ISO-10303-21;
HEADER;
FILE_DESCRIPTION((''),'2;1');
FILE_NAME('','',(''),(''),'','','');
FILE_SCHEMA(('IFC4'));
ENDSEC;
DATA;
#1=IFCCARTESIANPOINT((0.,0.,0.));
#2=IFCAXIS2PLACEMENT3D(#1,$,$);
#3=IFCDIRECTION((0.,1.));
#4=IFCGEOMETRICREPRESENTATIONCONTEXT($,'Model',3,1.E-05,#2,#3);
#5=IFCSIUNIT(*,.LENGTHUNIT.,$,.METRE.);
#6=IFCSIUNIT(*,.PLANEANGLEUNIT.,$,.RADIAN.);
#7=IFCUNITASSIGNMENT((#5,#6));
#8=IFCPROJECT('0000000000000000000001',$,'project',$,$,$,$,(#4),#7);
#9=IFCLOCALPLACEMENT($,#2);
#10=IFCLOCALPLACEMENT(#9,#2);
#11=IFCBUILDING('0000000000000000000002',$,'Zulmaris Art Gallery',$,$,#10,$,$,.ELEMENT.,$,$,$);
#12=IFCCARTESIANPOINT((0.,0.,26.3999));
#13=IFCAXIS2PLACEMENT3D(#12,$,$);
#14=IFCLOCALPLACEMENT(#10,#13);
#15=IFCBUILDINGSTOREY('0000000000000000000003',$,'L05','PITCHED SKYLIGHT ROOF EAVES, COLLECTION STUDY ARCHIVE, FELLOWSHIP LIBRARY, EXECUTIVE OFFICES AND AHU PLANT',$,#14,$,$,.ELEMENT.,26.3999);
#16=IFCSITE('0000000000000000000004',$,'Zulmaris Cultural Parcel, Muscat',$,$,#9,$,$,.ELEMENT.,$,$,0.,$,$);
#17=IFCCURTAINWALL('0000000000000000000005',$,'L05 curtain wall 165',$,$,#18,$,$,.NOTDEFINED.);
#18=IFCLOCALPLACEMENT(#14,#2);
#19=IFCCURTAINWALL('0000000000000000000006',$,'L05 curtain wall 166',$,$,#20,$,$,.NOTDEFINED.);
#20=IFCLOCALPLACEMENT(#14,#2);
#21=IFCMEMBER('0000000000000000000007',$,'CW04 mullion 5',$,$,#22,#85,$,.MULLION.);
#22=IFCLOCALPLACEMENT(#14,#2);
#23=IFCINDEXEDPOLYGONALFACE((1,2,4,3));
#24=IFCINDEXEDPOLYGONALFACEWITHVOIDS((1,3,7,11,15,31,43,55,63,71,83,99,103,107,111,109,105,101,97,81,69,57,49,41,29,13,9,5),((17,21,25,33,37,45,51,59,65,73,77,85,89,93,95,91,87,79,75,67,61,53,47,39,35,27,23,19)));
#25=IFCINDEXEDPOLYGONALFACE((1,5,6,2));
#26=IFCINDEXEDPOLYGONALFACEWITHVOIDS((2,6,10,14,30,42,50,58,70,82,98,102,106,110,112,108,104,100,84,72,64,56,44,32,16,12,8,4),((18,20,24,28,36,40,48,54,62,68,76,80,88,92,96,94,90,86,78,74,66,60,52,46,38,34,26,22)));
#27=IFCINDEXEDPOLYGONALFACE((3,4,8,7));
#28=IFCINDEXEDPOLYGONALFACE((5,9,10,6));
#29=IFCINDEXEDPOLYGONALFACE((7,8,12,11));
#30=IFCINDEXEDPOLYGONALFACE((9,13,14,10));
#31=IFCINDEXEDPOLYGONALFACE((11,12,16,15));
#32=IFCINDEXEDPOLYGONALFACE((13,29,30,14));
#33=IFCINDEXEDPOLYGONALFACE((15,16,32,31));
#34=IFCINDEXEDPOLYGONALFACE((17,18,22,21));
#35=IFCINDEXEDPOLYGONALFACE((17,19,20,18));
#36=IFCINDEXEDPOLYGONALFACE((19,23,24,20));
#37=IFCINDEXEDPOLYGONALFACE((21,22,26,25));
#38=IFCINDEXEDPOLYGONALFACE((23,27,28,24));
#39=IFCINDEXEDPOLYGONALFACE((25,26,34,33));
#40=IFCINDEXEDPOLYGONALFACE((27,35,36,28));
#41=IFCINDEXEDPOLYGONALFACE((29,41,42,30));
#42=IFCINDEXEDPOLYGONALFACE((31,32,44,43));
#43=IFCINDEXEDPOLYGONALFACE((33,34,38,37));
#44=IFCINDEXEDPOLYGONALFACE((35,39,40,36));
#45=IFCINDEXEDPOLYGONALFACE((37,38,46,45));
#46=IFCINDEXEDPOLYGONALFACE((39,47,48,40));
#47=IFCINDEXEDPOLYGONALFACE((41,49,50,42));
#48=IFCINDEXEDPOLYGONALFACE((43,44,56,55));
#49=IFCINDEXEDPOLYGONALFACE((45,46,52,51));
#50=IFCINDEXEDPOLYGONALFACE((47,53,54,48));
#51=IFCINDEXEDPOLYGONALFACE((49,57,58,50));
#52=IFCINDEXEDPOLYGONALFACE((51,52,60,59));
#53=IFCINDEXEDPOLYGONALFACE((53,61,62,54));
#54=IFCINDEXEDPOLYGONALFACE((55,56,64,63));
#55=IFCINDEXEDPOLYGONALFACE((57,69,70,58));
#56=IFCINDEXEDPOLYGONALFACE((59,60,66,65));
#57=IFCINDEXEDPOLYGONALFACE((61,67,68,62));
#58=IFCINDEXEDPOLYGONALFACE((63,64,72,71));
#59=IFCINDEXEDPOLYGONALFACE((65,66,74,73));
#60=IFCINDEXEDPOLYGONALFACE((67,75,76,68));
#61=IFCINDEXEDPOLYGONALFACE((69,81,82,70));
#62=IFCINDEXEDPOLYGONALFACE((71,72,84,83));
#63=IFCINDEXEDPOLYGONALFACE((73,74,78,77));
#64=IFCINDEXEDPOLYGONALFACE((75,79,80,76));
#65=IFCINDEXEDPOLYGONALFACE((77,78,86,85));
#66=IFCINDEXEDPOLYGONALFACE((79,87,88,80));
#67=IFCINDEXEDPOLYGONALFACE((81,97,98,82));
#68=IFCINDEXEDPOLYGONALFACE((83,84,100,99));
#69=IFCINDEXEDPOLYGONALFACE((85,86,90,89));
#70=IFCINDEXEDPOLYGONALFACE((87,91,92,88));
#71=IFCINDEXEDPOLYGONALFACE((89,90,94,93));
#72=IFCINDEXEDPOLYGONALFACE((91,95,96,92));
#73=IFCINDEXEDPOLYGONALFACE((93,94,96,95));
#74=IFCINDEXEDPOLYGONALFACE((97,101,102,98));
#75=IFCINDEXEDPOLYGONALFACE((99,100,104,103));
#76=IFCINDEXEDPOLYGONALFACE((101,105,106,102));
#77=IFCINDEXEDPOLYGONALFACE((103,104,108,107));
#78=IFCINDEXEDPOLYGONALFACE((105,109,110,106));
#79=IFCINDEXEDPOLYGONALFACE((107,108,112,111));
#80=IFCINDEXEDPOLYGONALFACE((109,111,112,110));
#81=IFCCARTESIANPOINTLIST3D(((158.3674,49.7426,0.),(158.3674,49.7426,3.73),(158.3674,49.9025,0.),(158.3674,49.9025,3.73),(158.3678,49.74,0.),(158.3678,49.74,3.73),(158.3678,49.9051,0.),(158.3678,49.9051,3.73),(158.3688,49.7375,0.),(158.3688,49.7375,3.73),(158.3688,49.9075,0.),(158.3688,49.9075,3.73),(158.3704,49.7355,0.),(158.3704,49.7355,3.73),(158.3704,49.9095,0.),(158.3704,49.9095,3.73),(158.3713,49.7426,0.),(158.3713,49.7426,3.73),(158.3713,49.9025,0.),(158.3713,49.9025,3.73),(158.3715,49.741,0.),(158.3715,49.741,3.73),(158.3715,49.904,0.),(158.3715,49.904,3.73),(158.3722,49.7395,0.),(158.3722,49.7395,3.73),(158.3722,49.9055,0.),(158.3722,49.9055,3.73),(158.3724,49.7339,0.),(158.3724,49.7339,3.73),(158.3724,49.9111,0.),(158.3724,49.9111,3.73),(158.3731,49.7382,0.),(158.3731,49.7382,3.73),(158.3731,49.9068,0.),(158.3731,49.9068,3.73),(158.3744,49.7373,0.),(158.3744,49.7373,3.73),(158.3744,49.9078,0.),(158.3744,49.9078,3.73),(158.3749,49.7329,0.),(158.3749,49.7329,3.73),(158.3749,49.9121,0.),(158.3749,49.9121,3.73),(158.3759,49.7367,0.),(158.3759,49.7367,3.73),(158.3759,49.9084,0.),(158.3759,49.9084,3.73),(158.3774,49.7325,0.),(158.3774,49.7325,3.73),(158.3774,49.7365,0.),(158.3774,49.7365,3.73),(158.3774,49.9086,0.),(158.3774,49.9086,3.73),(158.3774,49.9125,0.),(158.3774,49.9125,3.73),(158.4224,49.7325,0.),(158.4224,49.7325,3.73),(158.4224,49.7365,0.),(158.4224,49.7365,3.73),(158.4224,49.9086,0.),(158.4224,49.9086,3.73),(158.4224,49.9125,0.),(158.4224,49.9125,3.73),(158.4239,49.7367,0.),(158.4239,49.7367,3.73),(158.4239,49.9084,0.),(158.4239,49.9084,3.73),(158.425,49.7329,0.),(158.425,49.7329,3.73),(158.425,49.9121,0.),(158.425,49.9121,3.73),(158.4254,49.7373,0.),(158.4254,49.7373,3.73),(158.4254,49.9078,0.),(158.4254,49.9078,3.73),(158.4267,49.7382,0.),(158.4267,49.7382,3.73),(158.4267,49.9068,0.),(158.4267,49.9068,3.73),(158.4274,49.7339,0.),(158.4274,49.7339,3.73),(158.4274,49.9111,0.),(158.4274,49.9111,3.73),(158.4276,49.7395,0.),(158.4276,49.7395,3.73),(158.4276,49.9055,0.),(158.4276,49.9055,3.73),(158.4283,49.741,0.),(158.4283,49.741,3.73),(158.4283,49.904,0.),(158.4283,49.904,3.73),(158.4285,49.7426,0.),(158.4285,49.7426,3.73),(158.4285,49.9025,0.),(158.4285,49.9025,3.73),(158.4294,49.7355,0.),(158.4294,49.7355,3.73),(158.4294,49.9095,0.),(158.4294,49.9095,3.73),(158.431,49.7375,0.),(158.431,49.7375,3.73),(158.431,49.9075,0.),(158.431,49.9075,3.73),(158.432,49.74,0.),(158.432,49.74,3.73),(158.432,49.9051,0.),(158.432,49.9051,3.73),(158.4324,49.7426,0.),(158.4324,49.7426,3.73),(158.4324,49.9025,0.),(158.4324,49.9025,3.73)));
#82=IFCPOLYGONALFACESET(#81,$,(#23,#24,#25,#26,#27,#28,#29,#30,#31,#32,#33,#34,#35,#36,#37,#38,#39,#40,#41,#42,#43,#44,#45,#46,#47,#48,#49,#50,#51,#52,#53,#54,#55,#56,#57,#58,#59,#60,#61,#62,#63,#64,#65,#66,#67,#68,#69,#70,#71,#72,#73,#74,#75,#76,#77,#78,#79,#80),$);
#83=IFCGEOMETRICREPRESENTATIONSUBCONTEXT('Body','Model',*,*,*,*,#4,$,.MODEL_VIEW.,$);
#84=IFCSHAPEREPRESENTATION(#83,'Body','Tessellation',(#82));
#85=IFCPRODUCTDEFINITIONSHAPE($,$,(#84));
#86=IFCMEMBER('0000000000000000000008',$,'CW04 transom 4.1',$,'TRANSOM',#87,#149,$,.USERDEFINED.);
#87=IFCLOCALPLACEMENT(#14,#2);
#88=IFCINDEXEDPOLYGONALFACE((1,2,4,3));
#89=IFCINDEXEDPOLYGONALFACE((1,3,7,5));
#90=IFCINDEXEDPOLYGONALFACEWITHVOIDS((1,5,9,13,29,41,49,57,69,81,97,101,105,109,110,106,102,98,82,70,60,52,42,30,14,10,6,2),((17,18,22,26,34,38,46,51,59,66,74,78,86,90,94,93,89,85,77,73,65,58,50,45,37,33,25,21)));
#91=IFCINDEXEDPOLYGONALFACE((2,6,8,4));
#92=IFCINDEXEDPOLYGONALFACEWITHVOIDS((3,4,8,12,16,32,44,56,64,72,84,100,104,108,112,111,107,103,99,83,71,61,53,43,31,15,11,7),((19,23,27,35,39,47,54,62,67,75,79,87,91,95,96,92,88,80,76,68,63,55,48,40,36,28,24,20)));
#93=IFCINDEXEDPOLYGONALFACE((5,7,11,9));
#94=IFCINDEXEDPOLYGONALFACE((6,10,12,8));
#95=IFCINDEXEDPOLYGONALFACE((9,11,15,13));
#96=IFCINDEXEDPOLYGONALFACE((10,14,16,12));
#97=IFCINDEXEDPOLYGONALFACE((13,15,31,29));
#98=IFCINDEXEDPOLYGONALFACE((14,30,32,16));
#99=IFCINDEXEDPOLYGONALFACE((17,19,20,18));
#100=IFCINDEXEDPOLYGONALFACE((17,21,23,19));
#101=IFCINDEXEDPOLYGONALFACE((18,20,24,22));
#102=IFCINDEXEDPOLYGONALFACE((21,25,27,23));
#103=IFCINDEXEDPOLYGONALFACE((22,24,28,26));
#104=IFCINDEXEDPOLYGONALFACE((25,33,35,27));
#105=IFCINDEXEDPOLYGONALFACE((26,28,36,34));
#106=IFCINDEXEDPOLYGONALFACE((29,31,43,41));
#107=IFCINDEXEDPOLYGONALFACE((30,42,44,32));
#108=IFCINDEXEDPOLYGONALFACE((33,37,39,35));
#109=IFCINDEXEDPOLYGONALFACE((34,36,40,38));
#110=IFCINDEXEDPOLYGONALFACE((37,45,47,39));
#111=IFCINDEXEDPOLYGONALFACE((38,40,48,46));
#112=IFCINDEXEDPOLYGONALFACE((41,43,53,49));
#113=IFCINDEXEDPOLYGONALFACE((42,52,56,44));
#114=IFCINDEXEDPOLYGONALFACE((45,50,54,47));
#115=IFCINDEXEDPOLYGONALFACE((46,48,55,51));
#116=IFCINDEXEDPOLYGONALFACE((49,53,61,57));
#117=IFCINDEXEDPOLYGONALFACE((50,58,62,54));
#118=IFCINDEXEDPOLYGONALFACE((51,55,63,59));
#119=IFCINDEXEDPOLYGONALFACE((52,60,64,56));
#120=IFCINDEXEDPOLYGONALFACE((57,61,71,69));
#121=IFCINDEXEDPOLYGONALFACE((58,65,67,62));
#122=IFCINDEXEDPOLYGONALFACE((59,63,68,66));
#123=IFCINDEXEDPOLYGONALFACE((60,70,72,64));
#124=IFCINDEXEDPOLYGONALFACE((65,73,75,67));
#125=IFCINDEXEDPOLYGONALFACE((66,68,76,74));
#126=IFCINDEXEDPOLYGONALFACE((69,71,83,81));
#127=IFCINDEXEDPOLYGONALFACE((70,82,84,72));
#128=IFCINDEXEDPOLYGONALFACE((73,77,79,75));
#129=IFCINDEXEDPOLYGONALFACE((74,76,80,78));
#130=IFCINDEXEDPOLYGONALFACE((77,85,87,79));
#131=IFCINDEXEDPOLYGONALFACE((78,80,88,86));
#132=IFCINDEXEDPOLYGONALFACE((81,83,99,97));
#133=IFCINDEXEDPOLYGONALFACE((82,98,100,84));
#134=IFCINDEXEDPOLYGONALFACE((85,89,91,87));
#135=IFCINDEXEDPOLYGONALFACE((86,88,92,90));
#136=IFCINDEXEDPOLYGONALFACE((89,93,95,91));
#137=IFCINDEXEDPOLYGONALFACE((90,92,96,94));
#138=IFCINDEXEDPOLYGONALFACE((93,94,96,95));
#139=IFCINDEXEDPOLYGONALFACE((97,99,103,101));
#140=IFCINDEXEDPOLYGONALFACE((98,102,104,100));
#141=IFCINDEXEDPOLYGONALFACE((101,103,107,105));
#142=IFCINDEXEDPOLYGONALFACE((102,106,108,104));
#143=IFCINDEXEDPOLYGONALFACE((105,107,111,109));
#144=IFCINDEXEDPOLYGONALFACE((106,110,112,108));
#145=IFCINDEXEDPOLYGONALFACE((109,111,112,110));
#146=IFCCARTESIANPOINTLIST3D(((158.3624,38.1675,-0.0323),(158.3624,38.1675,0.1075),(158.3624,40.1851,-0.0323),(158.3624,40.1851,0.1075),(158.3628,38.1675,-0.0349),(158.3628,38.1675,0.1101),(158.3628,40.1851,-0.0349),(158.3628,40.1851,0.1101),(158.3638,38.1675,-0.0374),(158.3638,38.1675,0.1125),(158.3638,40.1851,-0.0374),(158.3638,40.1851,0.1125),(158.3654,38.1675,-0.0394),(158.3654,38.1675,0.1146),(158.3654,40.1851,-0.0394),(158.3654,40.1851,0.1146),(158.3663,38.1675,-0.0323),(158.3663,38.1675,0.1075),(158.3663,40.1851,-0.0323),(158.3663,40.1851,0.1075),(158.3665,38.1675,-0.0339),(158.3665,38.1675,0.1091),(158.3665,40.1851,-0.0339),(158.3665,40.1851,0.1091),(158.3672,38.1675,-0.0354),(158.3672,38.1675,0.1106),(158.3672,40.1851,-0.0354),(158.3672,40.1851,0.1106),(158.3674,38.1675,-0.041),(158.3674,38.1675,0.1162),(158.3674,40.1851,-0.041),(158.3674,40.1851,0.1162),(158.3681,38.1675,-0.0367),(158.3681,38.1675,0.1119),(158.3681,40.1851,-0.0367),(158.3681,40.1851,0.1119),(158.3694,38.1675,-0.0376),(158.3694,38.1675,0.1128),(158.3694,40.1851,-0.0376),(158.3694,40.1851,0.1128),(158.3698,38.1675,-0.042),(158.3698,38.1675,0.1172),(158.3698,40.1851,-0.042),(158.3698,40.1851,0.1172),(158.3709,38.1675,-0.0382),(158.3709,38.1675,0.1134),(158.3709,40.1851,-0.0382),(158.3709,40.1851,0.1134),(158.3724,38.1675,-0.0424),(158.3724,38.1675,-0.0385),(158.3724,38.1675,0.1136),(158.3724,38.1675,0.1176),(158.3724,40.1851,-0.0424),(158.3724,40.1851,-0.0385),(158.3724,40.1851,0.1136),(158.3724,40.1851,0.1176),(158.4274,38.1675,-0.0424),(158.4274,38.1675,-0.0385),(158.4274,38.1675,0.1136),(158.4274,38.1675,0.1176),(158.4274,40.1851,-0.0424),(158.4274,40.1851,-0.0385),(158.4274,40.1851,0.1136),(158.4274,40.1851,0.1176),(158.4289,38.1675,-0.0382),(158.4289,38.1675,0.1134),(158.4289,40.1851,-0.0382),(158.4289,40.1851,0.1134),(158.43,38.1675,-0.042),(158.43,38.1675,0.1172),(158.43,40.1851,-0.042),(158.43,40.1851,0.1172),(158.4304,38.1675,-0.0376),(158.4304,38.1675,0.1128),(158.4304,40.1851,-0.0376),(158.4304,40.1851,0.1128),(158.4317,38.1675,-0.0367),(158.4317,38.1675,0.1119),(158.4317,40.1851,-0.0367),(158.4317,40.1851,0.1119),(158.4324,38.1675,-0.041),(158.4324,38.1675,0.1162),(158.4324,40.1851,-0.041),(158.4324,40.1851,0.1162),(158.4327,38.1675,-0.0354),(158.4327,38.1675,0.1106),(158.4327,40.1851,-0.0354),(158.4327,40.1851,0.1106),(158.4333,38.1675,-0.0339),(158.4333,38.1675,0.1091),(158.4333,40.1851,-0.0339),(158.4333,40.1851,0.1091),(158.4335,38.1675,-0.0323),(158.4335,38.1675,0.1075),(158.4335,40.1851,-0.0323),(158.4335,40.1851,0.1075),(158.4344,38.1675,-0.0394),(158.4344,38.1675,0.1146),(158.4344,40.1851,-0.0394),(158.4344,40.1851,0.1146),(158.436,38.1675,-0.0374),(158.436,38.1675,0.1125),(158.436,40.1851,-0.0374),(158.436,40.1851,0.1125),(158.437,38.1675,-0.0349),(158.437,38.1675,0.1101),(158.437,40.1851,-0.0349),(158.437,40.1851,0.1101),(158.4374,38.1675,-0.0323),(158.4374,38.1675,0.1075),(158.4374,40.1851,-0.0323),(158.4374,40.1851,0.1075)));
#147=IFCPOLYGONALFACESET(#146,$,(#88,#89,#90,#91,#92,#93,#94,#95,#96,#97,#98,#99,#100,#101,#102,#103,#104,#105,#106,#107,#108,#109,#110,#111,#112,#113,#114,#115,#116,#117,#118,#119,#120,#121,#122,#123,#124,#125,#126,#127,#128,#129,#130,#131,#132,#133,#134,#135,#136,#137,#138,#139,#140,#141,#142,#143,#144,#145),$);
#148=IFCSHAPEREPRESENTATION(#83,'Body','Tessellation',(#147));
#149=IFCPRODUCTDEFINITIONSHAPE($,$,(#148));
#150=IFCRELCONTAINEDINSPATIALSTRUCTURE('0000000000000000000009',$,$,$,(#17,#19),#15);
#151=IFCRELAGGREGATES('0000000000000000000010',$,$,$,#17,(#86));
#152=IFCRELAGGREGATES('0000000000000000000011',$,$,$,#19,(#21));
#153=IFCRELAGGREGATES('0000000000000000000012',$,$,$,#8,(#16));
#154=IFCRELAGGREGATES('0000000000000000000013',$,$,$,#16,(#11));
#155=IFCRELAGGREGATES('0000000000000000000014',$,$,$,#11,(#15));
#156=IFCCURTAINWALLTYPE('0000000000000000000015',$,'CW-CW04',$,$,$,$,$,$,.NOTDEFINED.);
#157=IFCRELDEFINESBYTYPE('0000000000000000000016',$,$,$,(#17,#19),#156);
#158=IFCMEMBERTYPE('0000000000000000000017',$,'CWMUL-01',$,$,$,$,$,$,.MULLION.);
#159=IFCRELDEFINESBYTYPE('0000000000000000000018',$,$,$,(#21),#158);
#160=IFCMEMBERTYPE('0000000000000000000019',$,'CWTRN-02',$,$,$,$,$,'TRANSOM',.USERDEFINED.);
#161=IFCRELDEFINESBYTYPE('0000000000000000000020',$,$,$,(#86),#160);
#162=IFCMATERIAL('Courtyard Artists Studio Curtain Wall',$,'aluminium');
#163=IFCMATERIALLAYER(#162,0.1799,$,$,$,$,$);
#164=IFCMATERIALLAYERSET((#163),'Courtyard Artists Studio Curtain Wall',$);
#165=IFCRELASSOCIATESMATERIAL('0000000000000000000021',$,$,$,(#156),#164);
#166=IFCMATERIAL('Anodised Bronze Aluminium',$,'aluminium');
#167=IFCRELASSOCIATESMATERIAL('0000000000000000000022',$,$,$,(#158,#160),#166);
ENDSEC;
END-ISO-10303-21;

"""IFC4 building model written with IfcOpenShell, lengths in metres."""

from ifc_helpers import new_model, si_unit, direction, frame, origin, origin_2d, place, context, subcontext, project, spatial, hollow_rectangle, extrude, material, layer, layer_set, material_profile, profile_set, type_object, element, aggregate, save


model = new_model("IFC4")

# Units and contexts
model_context = context("Model", 3, precision=1e-05, world=origin(), true_north=direction((0.0, 1.0)))
body_context = subcontext(model_context, "Body", "Model", "MODEL_VIEW")
ifc_project = project(units=[si_unit("LENGTHUNIT", "METRE"), si_unit("PLANEANGLEUNIT", "RADIAN")], contexts=[model_context])

# Site, building, storey
site_placement = place(None, origin())
site = spatial("IfcSite", under=ifc_project, at=site_placement, Name="Zulmaris Cultural Parcel, Muscat", CompositionType="ELEMENT", RefElevation=0.0)
building_placement = place(site_placement, origin())
building = spatial("IfcBuilding", under=site, at=building_placement, Name="Zulmaris Art Gallery", CompositionType="ELEMENT")
storey_placement = place(building_placement, frame((0.0, 0.0, 26.3999)))
storey = spatial("IfcBuildingStorey", under=building, at=storey_placement, Name="L05", Description="PITCHED SKYLIGHT ROOF EAVES, COLLECTION STUDY ARCHIVE, FELLOWSHIP LIBRARY, EXECUTIVE OFFICES AND AHU PLANT", CompositionType="ELEMENT", Elevation=26.3999)

# Curtain wall
ifc_material_1 = material(Name="Courtyard Artists Studio Curtain Wall", Category="aluminium")
ifc_layer_1 = layer(ifc_material_1, 0.1799)
ifc_layer_set_1 = layer_set([ifc_layer_1], Name="Courtyard Artists Studio Curtain Wall")
curtain_wall_type = type_object("IfcCurtainWallType", Name="CW-CW04", PredefinedType="NOTDEFINED", material=ifc_layer_set_1)
curtain_wall_1_placement = place(storey_placement, origin())
curtain_wall_1 = element("IfcCurtainWall", 1, at=curtain_wall_1_placement, inside=storey, type_object=curtain_wall_type, Name="L05 curtain wall 165", PredefinedType="NOTDEFINED")
ifc_material_2 = material(Name="Anodised Bronze Aluminium", Category="aluminium")
ifc_material_profile_1 = material_profile(ifc_material_2, hollow_rectangle(XDim=0.0649, YDim=0.1799, WallThickness=0.0039, InnerFilletRadius=0.0061, OuterFilletRadius=0.01, at=origin_2d()), Name="ALU 65x180x4")
ifc_profile_set_1 = profile_set([ifc_material_profile_1], Name="Anodised Bronze Aluminium")
member_type_1 = type_object("IfcMemberType", Name="CWMUL-01", PredefinedType="MULLION", material=ifc_profile_set_1)

# Curtain wall, member
curtain_wall_2_placement = place(storey_placement, origin())
curtain_wall_2 = element("IfcCurtainWall", 2, at=curtain_wall_2_placement, inside=storey, type_object=curtain_wall_type, Name="L05 curtain wall 166", PredefinedType="NOTDEFINED")
member_1_placement = place(storey_placement, frame((158.3999, 49.8225, 0.0), z_axis=(0.0, 0.0, 1.0), x_axis=(-1.0, 0.0, 0.0)))
member_1 = element("IfcMember", 3, at=member_1_placement, type_object=member_type_1, Name="CW04 mullion 5", PredefinedType="MULLION", context=body_context, shape_type="SweptSolid", body=[
    extrude(hollow_rectangle(XDim=0.0649, YDim=0.1799, WallThickness=0.0039, InnerFilletRadius=0.0061, OuterFilletRadius=0.01, at=origin_2d()), origin(), (0.0, 0.0, 1.0), 3.73),
])

# Member
ifc_material_profile_2 = material_profile(ifc_material_2, hollow_rectangle(XDim=0.075, YDim=0.1599, WallThickness=0.0039, InnerFilletRadius=0.0061, OuterFilletRadius=0.01, at=origin_2d()), Name="ALU 75x160x4")
ifc_profile_set_2 = profile_set([ifc_material_profile_2], Name="Anodised Bronze Aluminium")
member_type_2 = type_object("IfcMemberType", Name="CWTRN-02", ElementType="TRANSOM", PredefinedType="USERDEFINED", material=ifc_profile_set_2)
member_2_placement = place(storey_placement, frame((158.3999, 38.1675, 0.0376), z_axis=(0.0, 1.0, 0.0), x_axis=(-1.0, 0.0, 0.0)))
member_2 = element("IfcMember", 4, at=member_2_placement, type_object=member_type_2, Name="CW04 transom 4.1", ObjectType="TRANSOM", PredefinedType="USERDEFINED", context=body_context, shape_type="SweptSolid", body=[
    extrude(hollow_rectangle(XDim=0.075, YDim=0.1599, WallThickness=0.0039, InnerFilletRadius=0.0061, OuterFilletRadius=0.01, at=origin_2d()), origin(), (0.0, 0.0, 1.0), 2.0176),
])

aggregate(curtain_wall_1, [member_2])
aggregate(curtain_wall_2, [member_1])

save(model, "model.ifc")
